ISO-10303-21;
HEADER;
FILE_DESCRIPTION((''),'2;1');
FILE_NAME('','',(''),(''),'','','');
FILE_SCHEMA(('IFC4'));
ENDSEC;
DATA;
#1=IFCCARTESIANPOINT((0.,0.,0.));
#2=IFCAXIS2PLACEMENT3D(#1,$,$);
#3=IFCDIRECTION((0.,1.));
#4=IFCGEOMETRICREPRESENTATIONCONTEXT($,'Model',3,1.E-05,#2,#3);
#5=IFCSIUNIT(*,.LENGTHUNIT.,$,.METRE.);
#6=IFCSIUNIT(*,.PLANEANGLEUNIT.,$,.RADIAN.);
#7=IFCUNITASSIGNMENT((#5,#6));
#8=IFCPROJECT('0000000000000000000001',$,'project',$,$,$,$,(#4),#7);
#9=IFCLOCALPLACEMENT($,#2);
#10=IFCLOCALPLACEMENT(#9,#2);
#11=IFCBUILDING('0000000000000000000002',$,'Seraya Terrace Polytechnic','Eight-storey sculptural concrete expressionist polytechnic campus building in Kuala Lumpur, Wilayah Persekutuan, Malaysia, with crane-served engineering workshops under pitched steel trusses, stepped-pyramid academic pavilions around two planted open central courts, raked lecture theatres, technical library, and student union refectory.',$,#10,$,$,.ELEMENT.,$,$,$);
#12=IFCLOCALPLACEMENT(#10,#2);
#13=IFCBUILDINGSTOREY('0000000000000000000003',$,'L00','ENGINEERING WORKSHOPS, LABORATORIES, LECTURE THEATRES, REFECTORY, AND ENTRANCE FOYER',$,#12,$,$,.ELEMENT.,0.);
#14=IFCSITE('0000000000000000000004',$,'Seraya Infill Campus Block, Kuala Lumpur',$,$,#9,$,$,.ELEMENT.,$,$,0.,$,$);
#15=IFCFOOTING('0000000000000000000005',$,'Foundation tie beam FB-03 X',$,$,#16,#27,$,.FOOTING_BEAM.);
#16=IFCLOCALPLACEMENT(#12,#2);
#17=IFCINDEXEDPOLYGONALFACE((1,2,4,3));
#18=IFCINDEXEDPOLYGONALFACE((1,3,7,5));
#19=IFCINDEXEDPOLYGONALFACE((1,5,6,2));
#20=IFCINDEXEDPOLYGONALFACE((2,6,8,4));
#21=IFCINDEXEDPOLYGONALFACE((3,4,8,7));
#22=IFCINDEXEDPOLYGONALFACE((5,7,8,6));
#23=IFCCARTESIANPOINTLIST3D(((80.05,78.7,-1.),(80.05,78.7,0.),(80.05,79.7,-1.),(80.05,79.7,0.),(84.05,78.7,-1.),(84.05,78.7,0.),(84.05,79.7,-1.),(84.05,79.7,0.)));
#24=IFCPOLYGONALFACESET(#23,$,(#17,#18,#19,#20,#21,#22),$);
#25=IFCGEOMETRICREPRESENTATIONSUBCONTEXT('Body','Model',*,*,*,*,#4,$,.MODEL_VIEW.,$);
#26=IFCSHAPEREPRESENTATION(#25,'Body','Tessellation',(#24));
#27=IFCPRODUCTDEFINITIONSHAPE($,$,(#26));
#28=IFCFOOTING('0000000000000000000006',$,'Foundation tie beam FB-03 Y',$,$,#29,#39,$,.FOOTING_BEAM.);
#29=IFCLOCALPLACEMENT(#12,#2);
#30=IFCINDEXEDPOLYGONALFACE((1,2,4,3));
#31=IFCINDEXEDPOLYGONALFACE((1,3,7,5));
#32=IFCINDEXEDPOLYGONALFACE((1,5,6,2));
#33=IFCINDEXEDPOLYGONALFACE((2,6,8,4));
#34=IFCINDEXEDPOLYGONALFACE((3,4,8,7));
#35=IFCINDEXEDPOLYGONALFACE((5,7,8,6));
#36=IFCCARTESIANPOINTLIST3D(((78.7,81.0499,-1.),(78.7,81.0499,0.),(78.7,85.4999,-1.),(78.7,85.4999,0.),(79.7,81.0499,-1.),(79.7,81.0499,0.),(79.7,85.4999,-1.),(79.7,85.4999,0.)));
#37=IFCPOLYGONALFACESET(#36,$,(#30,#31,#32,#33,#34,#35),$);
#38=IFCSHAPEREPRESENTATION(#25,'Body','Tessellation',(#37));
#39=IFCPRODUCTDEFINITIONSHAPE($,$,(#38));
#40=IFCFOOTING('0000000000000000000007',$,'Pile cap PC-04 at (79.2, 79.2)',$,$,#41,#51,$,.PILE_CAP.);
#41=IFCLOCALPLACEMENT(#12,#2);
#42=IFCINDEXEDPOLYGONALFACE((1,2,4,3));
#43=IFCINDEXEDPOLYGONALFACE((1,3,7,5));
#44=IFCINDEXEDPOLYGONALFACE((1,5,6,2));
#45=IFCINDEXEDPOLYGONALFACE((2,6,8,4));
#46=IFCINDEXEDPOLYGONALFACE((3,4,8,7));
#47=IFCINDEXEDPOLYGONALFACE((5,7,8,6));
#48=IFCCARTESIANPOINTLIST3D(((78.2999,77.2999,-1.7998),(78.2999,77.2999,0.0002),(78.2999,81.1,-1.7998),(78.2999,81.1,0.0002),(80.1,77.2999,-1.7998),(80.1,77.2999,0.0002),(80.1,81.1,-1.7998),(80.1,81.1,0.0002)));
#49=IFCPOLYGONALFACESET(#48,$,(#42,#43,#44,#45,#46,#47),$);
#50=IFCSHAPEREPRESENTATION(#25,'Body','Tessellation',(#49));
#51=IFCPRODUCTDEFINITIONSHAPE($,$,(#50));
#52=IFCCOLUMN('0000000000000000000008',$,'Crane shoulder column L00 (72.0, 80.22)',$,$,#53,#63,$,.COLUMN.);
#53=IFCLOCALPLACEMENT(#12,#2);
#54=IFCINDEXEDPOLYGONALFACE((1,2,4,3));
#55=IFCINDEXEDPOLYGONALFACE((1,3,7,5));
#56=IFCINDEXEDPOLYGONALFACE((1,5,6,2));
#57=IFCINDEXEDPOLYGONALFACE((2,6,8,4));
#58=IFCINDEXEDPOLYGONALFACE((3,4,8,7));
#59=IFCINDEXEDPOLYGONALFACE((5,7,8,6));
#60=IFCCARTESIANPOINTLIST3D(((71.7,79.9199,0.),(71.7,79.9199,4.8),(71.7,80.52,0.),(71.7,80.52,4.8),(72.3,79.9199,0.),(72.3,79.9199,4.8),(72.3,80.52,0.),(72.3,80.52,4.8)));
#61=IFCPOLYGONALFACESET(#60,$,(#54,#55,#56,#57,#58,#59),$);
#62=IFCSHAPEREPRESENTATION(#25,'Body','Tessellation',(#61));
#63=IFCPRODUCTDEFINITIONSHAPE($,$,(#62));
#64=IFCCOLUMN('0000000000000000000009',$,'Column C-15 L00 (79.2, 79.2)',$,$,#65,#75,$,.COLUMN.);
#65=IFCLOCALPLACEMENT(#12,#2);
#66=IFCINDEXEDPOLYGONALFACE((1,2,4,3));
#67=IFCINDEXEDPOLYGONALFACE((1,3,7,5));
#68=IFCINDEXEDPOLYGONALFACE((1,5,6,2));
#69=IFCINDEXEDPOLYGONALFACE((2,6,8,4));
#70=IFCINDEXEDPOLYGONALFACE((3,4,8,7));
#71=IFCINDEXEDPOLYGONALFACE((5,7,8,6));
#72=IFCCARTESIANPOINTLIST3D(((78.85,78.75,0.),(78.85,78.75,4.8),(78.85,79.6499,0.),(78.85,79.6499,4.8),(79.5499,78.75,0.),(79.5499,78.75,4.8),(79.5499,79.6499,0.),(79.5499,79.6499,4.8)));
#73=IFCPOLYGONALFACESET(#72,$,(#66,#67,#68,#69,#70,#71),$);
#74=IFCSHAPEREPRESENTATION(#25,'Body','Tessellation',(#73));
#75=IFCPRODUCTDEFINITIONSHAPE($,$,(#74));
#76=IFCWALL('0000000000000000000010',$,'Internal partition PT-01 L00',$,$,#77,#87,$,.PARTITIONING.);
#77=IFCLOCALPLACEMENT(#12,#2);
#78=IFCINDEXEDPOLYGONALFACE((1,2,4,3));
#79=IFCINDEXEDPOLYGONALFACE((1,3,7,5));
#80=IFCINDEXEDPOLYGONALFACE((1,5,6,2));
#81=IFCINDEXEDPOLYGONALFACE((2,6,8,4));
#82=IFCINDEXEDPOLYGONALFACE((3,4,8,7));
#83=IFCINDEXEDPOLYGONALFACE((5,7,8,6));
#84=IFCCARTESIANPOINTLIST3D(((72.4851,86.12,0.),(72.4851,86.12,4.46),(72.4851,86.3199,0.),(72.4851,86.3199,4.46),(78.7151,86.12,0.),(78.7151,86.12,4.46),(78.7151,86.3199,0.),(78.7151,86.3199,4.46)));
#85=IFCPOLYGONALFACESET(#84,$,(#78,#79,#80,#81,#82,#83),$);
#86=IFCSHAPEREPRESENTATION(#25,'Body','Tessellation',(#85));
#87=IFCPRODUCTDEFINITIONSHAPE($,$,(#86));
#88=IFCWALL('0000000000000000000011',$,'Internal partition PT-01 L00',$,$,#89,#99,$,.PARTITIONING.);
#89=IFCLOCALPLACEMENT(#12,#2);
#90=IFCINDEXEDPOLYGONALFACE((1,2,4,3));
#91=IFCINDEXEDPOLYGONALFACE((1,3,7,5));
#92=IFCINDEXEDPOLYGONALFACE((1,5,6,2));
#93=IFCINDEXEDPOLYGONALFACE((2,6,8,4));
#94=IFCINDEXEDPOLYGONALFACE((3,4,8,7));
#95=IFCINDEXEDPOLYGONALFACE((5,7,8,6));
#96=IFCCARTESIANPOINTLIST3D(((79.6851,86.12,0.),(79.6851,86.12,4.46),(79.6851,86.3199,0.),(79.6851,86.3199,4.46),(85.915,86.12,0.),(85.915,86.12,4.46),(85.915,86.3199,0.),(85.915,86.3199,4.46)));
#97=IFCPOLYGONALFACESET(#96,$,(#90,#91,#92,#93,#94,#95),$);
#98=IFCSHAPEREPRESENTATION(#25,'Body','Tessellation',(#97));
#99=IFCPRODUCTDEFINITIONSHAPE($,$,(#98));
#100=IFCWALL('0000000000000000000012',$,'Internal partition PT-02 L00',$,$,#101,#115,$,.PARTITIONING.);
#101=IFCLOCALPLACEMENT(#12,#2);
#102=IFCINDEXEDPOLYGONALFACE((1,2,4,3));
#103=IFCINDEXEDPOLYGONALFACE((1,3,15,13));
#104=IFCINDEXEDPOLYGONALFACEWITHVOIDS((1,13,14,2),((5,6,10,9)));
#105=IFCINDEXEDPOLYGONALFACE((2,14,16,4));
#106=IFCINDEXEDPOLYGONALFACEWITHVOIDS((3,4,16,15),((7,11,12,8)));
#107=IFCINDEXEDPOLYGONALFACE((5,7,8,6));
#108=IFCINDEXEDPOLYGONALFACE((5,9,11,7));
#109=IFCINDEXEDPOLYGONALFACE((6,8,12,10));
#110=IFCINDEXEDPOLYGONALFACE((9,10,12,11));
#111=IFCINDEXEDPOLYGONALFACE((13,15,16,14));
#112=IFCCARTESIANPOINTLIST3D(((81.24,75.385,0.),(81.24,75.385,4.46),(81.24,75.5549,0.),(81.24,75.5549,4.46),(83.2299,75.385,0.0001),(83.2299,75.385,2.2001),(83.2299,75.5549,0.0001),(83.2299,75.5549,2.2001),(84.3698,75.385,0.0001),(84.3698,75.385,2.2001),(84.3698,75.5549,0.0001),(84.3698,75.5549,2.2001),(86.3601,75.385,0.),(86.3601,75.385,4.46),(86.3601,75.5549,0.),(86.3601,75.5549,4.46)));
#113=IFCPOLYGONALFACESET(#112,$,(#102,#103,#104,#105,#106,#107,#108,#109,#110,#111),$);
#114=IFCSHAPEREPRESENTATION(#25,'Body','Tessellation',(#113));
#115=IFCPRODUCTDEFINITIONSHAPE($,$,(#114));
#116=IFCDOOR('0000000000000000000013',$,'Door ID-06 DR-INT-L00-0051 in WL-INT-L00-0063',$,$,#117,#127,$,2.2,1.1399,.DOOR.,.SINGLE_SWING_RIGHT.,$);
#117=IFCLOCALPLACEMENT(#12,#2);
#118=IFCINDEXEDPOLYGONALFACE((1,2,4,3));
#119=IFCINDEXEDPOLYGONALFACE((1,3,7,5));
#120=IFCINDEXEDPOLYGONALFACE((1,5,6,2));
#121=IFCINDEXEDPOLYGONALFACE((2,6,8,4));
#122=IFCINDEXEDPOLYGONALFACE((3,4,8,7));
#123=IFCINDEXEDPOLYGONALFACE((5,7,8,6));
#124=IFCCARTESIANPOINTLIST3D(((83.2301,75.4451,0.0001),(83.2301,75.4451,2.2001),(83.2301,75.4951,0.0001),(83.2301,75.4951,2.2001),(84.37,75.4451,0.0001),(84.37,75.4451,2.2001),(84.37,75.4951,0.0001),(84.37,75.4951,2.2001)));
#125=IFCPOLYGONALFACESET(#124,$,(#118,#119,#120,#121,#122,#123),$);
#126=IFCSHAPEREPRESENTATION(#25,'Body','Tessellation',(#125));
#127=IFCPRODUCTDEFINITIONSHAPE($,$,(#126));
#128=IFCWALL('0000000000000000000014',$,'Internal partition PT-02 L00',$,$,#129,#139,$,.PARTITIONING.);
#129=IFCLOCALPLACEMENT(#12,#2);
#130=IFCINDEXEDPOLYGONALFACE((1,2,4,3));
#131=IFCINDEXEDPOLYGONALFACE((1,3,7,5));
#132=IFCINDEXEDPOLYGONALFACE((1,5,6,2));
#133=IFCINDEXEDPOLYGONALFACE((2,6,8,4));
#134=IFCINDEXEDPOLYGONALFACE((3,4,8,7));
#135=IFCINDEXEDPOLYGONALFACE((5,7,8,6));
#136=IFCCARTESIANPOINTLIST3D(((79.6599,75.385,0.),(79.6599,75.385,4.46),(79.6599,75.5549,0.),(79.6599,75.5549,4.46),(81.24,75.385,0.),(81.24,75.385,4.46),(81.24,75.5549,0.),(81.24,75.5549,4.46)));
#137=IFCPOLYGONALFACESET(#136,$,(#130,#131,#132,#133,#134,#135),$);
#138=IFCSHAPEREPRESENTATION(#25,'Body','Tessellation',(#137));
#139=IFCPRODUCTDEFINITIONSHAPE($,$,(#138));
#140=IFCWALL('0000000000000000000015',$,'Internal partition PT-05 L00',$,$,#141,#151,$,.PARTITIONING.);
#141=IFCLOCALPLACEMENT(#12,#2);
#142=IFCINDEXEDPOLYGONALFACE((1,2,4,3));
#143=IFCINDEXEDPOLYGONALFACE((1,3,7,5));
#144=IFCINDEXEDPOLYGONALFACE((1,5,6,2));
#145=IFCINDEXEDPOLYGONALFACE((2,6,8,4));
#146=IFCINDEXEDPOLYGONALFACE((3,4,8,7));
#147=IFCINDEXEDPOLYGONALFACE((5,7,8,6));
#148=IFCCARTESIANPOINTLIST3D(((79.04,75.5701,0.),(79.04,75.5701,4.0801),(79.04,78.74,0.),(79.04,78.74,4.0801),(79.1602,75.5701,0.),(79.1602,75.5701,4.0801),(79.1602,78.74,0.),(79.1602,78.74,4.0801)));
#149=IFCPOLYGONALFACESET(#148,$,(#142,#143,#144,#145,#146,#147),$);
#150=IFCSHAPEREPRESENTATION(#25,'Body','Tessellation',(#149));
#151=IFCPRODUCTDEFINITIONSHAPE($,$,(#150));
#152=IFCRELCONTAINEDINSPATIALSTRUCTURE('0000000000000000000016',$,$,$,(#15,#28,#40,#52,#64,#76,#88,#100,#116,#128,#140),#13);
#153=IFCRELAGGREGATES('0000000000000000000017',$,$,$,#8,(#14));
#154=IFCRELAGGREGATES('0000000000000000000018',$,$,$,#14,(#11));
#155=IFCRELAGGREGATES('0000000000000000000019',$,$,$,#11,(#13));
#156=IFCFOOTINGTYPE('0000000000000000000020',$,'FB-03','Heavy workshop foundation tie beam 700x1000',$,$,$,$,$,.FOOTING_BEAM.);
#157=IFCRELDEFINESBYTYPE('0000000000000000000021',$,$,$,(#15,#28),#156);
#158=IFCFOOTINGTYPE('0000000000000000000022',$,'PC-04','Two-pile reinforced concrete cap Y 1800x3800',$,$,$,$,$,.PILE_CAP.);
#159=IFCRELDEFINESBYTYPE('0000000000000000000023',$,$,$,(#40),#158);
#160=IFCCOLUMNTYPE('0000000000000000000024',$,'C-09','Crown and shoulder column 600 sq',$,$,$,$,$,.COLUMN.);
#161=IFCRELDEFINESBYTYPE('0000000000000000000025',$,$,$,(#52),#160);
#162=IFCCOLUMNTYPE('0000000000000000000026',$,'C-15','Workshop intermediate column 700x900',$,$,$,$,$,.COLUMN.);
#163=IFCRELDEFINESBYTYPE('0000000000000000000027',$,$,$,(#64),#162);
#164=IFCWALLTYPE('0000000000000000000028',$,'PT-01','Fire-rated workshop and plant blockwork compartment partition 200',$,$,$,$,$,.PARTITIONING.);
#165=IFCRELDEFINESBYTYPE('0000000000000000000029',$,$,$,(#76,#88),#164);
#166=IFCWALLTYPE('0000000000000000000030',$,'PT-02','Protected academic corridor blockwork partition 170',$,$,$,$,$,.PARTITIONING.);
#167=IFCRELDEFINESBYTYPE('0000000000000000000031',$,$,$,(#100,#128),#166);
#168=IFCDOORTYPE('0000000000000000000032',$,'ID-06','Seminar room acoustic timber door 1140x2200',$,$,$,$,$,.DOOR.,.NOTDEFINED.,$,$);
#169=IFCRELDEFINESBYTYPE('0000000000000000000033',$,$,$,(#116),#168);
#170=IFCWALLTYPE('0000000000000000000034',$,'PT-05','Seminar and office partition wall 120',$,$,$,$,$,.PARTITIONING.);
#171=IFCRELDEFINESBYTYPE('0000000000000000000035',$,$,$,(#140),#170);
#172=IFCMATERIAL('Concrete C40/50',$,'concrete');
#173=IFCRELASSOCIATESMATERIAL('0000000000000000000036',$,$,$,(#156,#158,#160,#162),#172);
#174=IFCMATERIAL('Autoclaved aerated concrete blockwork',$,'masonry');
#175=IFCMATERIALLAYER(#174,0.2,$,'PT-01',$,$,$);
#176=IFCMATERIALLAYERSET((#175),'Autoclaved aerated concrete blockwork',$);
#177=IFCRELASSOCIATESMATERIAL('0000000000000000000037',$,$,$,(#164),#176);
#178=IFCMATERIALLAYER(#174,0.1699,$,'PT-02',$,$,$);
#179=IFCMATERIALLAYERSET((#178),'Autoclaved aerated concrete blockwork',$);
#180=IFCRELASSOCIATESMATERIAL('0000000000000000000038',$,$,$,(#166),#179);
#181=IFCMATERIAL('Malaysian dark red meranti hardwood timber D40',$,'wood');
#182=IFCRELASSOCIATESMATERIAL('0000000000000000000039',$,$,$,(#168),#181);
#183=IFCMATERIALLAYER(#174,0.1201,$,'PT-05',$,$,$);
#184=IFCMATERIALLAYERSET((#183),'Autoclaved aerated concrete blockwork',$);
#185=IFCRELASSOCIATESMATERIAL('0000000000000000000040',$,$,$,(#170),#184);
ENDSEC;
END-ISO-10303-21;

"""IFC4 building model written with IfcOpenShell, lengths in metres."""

from ifc_helpers import new_model, si_unit, direction, frame, frame_2d, origin, origin_2d, place, context, subcontext, project, spatial, rectangle, extrude, material, layer, layer_set, material_profile, profile_set, type_object, element, fill, save


model = new_model("IFC4")

# Units and contexts
model_context = context("Model", 3, precision=1e-05, world=origin(), true_north=direction((0.0, 1.0)))
body_context = subcontext(model_context, "Body", "Model", "MODEL_VIEW")
ifc_project = project(units=[si_unit("LENGTHUNIT", "METRE"), si_unit("PLANEANGLEUNIT", "RADIAN")], contexts=[model_context])

# Site, building, storey
site_placement = place(None, origin())
site = spatial("IfcSite", under=ifc_project, at=site_placement, Name="Seraya Infill Campus Block, Kuala Lumpur", CompositionType="ELEMENT", RefElevation=0.0)
building_placement = place(site_placement, origin())
building = spatial("IfcBuilding", under=site, at=building_placement, Name="Seraya Terrace Polytechnic", Description="Eight-storey sculptural concrete expressionist polytechnic campus building in Kuala Lumpur, Wilayah Persekutuan, Malaysia, with crane-served engineering workshops under pitched steel trusses, stepped-pyramid academic pavilions around two planted open central courts, raked lecture theatres, technical library, and student union refectory.", CompositionType="ELEMENT")
storey_placement = place(building_placement, origin())
storey = spatial("IfcBuildingStorey", under=building, at=storey_placement, Name="L00", Description="ENGINEERING WORKSHOPS, LABORATORIES, LECTURE THEATRES, REFECTORY, AND ENTRANCE FOYER", CompositionType="ELEMENT", Elevation=0.0)

# Shared definitions
ifc_material_1 = material(Name="Concrete C40/50", Category="concrete")

# Footings
footing_type_1 = type_object("IfcFootingType", Name="FB-03", Description="Heavy workshop foundation tie beam 700x1000", PredefinedType="FOOTING_BEAM", material=ifc_material_1)
footing_1_placement = place(storey_placement, frame((82.05, 79.2, -1.0), z_axis=(0.0, 0.0, 1.0), x_axis=(1.0, 0.0, 0.0)))
element("IfcFooting", 1, at=footing_1_placement, inside=storey, type_object=footing_type_1, Name="Foundation tie beam FB-03 X", PredefinedType="FOOTING_BEAM", context=body_context, shape_type="SweptSolid", body=[
    extrude(rectangle(XDim=4.0, YDim=1.0, at=origin_2d()), origin(), (0.0, 0.0, 1.0), 1.0),
])
footing_2_placement = place(storey_placement, frame((79.2, 83.2749, -1.0), z_axis=(0.0, 0.0, 1.0), x_axis=(0.0, 1.0, 0.0)))
element("IfcFooting", 2, at=footing_2_placement, inside=storey, type_object=footing_type_1, Name="Foundation tie beam FB-03 Y", PredefinedType="FOOTING_BEAM", context=body_context, shape_type="SweptSolid", body=[
    extrude(rectangle(XDim=4.45, YDim=1.0, at=origin_2d()), origin(), (0.0, 0.0, 1.0), 1.0),
])
footing_type_2 = type_object("IfcFootingType", Name="PC-04", Description="Two-pile reinforced concrete cap Y 1800x3800", PredefinedType="PILE_CAP", material=ifc_material_1)
footing_3_placement = place(storey_placement, frame((79.2, 79.2, -1.7998), z_axis=(0.0, 0.0, 1.0), x_axis=(1.0, 0.0, 0.0)))
element("IfcFooting", 3, at=footing_3_placement, inside=storey, type_object=footing_type_2, Name="Pile cap PC-04 at (79.2, 79.2)", PredefinedType="PILE_CAP", context=body_context, shape_type="SweptSolid", body=[
    extrude(rectangle(XDim=1.8, YDim=3.8, at=origin_2d()), origin(), (0.0, 0.0, 1.0), 1.8),
])

# Columns
ifc_material_profile_1 = material_profile(ifc_material_1, rectangle(XDim=0.6001, YDim=0.6001, at=origin_2d()), Name="RC 600x600")
ifc_profile_set_1 = profile_set([ifc_material_profile_1], Name="Concrete C40/50")
column_type_1 = type_object("IfcColumnType", Name="C-09", Description="Crown and shoulder column 600 sq", PredefinedType="COLUMN", material=ifc_profile_set_1)
column_1_placement = place(storey_placement, frame((72.0, 80.22, 0.0), z_axis=(0.0, 0.0, 1.0), x_axis=(1.0, 0.0, 0.0)))
element("IfcColumn", 4, at=column_1_placement, inside=storey, type_object=column_type_1, Name="Crane shoulder column L00 (72.0, 80.22)", PredefinedType="COLUMN", context=body_context, shape_type="SweptSolid", body=[
    extrude(rectangle(XDim=0.6001, YDim=0.6001, at=origin_2d()), origin(), (0.0, 0.0, 1.0), 4.8),
])
ifc_material_profile_2 = material_profile(ifc_material_1, rectangle(XDim=0.7, YDim=0.8999, at=origin_2d()), Name="RC 700x900")
ifc_profile_set_2 = profile_set([ifc_material_profile_2], Name="Concrete C40/50")
column_type_2 = type_object("IfcColumnType", Name="C-15", Description="Workshop intermediate column 700x900", PredefinedType="COLUMN", material=ifc_profile_set_2)
column_2_placement = place(storey_placement, frame((79.2, 79.2, 0.0), z_axis=(0.0, 0.0, 1.0), x_axis=(1.0, 0.0, 0.0)))
element("IfcColumn", 5, at=column_2_placement, inside=storey, type_object=column_type_2, Name="Column C-15 L00 (79.2, 79.2)", PredefinedType="COLUMN", context=body_context, shape_type="SweptSolid", body=[
    extrude(rectangle(XDim=0.7, YDim=0.8999, at=origin_2d()), origin(), (0.0, 0.0, 1.0), 4.8),
])

# Walls
ifc_material_2 = material(Name="Autoclaved aerated concrete blockwork", Category="masonry")
ifc_layer_1 = layer(ifc_material_2, 0.2, Name="PT-01")
ifc_layer_set_1 = layer_set([ifc_layer_1], Name="Autoclaved aerated concrete blockwork")
wall_type_1 = type_object("IfcWallType", Name="PT-01", Description="Fire-rated workshop and plant blockwork compartment partition 200", PredefinedType="PARTITIONING", material=ifc_layer_set_1)
for number, where, z_axis, x_axis, name in (
    (6, (72.4851, 86.22, 0.0), (0.0, 0.0, 1.0), (1.0, 0.0, 0.0), "Internal partition PT-01 L00"),
    (7, (79.6851, 86.22, 0.0), (0.0, 0.0, 1.0), (1.0, 0.0, 0.0), "Internal partition PT-01 L00"),
):
    element("IfcWall", number, at=place(storey_placement, frame(where, z_axis=z_axis, x_axis=x_axis)), inside=storey, type_object=wall_type_1, Name=name, PredefinedType="PARTITIONING", context=body_context, shape_type="SweptSolid", body=[
        extrude(rectangle(XDim=6.23, YDim=0.2, at=frame_2d((3.115, 0.0))), origin(), (0.0, 0.0, 1.0), 4.46),
    ])

# Wall, opening, door
ifc_layer_2 = layer(ifc_material_2, 0.1699, Name="PT-02")
ifc_layer_set_2 = layer_set([ifc_layer_2], Name="Autoclaved aerated concrete blockwork")
wall_type_2 = type_object("IfcWallType", Name="PT-02", Description="Protected academic corridor blockwork partition 170", PredefinedType="PARTITIONING", material=ifc_layer_set_2)
wall_1_placement = place(storey_placement, frame((81.24, 75.47, 0.0), z_axis=(0.0, 0.0, 1.0), x_axis=(1.0, 0.0, 0.0)))
wall_1 = element("IfcWall", 8, at=wall_1_placement, inside=storey, type_object=wall_type_2, Name="Internal partition PT-02 L00", PredefinedType="PARTITIONING", context=body_context, shape_type="SweptSolid", body=[
    extrude(rectangle(XDim=5.1201, YDim=0.1699, at=frame_2d((2.5601, 0.0))), origin(), (0.0, 0.0, 1.0), 4.46),
])
opening_placement = place(wall_1_placement, frame((1.99, 0.0, 0.0)))
opening = element("IfcOpeningElement", 9, at=opening_placement, cuts=wall_1, PredefinedType="OPENING", context=body_context, shape_type="SweptSolid", body=[
    extrude(rectangle(XDim=1.1399, YDim=2.2, at=frame_2d((0.5698, 1.1001))), frame((0.0, 0.0969, 0.0), z_axis=(0.0, -1.0, 0.0), x_axis=(1.0, 0.0, 0.0)), (0.0, 0.0, 1.0), 0.1938),
])
ifc_material_3 = material(Name="Malaysian dark red meranti hardwood timber D40", Category="wood")
door_type = type_object("IfcDoorType", Name="ID-06", Description="Seminar room acoustic timber door 1140x2200", OperationType="NOTDEFINED", PredefinedType="DOOR", material=ifc_material_3)
door_placement = place(opening_placement, frame((1.1399, 0.0, 0.0), z_axis=(0.0, 0.0, 1.0), x_axis=(-1.0, 0.0, 0.0)))
door = element("IfcDoor", 10, at=door_placement, inside=storey, type_object=door_type, Name="Door ID-06 DR-INT-L00-0051 in WL-INT-L00-0063", OperationType="SINGLE_SWING_RIGHT", OverallHeight=2.2, OverallWidth=1.1399, PredefinedType="DOOR", context=body_context, shape_type="SweptSolid", body=[
    extrude(rectangle(XDim=1.1399, YDim=2.2, at=frame_2d((0.5698, 1.1001))), frame((0.0, 0.0249, 0.0), z_axis=(0.0, -1.0, 0.0), x_axis=(1.0, 0.0, 0.0)), (0.0, 0.0, 1.0), 0.05),
])
fill(opening, door)

# Walls
wall_2_placement = place(storey_placement, frame((79.6599, 75.47, 0.0), z_axis=(0.0, 0.0, 1.0), x_axis=(1.0, 0.0, 0.0)))
element("IfcWall", 11, at=wall_2_placement, inside=storey, type_object=wall_type_2, Name="Internal partition PT-02 L00", PredefinedType="PARTITIONING", context=body_context, shape_type="SweptSolid", body=[
    extrude(rectangle(XDim=1.5801, YDim=0.1699, at=frame_2d((0.79, 0.0))), origin(), (0.0, 0.0, 1.0), 4.46),
])
ifc_layer_3 = layer(ifc_material_2, 0.1201, Name="PT-05")
ifc_layer_set_3 = layer_set([ifc_layer_3], Name="Autoclaved aerated concrete blockwork")
wall_type_3 = type_object("IfcWallType", Name="PT-05", Description="Seminar and office partition wall 120", PredefinedType="PARTITIONING", material=ifc_layer_set_3)
wall_3_placement = place(storey_placement, frame((79.1001, 75.5701, 0.0), z_axis=(0.0, 0.0, 1.0), x_axis=(0.0, 1.0, 0.0)))
element("IfcWall", 12, at=wall_3_placement, inside=storey, type_object=wall_type_3, Name="Internal partition PT-05 L00", PredefinedType="PARTITIONING", context=body_context, shape_type="SweptSolid", body=[
    extrude(rectangle(XDim=3.1699, YDim=0.1201, at=frame_2d((1.585, 0.0))), origin(), (0.0, 0.0, 1.0), 4.0801),
])

save(model, "model.ifc")
